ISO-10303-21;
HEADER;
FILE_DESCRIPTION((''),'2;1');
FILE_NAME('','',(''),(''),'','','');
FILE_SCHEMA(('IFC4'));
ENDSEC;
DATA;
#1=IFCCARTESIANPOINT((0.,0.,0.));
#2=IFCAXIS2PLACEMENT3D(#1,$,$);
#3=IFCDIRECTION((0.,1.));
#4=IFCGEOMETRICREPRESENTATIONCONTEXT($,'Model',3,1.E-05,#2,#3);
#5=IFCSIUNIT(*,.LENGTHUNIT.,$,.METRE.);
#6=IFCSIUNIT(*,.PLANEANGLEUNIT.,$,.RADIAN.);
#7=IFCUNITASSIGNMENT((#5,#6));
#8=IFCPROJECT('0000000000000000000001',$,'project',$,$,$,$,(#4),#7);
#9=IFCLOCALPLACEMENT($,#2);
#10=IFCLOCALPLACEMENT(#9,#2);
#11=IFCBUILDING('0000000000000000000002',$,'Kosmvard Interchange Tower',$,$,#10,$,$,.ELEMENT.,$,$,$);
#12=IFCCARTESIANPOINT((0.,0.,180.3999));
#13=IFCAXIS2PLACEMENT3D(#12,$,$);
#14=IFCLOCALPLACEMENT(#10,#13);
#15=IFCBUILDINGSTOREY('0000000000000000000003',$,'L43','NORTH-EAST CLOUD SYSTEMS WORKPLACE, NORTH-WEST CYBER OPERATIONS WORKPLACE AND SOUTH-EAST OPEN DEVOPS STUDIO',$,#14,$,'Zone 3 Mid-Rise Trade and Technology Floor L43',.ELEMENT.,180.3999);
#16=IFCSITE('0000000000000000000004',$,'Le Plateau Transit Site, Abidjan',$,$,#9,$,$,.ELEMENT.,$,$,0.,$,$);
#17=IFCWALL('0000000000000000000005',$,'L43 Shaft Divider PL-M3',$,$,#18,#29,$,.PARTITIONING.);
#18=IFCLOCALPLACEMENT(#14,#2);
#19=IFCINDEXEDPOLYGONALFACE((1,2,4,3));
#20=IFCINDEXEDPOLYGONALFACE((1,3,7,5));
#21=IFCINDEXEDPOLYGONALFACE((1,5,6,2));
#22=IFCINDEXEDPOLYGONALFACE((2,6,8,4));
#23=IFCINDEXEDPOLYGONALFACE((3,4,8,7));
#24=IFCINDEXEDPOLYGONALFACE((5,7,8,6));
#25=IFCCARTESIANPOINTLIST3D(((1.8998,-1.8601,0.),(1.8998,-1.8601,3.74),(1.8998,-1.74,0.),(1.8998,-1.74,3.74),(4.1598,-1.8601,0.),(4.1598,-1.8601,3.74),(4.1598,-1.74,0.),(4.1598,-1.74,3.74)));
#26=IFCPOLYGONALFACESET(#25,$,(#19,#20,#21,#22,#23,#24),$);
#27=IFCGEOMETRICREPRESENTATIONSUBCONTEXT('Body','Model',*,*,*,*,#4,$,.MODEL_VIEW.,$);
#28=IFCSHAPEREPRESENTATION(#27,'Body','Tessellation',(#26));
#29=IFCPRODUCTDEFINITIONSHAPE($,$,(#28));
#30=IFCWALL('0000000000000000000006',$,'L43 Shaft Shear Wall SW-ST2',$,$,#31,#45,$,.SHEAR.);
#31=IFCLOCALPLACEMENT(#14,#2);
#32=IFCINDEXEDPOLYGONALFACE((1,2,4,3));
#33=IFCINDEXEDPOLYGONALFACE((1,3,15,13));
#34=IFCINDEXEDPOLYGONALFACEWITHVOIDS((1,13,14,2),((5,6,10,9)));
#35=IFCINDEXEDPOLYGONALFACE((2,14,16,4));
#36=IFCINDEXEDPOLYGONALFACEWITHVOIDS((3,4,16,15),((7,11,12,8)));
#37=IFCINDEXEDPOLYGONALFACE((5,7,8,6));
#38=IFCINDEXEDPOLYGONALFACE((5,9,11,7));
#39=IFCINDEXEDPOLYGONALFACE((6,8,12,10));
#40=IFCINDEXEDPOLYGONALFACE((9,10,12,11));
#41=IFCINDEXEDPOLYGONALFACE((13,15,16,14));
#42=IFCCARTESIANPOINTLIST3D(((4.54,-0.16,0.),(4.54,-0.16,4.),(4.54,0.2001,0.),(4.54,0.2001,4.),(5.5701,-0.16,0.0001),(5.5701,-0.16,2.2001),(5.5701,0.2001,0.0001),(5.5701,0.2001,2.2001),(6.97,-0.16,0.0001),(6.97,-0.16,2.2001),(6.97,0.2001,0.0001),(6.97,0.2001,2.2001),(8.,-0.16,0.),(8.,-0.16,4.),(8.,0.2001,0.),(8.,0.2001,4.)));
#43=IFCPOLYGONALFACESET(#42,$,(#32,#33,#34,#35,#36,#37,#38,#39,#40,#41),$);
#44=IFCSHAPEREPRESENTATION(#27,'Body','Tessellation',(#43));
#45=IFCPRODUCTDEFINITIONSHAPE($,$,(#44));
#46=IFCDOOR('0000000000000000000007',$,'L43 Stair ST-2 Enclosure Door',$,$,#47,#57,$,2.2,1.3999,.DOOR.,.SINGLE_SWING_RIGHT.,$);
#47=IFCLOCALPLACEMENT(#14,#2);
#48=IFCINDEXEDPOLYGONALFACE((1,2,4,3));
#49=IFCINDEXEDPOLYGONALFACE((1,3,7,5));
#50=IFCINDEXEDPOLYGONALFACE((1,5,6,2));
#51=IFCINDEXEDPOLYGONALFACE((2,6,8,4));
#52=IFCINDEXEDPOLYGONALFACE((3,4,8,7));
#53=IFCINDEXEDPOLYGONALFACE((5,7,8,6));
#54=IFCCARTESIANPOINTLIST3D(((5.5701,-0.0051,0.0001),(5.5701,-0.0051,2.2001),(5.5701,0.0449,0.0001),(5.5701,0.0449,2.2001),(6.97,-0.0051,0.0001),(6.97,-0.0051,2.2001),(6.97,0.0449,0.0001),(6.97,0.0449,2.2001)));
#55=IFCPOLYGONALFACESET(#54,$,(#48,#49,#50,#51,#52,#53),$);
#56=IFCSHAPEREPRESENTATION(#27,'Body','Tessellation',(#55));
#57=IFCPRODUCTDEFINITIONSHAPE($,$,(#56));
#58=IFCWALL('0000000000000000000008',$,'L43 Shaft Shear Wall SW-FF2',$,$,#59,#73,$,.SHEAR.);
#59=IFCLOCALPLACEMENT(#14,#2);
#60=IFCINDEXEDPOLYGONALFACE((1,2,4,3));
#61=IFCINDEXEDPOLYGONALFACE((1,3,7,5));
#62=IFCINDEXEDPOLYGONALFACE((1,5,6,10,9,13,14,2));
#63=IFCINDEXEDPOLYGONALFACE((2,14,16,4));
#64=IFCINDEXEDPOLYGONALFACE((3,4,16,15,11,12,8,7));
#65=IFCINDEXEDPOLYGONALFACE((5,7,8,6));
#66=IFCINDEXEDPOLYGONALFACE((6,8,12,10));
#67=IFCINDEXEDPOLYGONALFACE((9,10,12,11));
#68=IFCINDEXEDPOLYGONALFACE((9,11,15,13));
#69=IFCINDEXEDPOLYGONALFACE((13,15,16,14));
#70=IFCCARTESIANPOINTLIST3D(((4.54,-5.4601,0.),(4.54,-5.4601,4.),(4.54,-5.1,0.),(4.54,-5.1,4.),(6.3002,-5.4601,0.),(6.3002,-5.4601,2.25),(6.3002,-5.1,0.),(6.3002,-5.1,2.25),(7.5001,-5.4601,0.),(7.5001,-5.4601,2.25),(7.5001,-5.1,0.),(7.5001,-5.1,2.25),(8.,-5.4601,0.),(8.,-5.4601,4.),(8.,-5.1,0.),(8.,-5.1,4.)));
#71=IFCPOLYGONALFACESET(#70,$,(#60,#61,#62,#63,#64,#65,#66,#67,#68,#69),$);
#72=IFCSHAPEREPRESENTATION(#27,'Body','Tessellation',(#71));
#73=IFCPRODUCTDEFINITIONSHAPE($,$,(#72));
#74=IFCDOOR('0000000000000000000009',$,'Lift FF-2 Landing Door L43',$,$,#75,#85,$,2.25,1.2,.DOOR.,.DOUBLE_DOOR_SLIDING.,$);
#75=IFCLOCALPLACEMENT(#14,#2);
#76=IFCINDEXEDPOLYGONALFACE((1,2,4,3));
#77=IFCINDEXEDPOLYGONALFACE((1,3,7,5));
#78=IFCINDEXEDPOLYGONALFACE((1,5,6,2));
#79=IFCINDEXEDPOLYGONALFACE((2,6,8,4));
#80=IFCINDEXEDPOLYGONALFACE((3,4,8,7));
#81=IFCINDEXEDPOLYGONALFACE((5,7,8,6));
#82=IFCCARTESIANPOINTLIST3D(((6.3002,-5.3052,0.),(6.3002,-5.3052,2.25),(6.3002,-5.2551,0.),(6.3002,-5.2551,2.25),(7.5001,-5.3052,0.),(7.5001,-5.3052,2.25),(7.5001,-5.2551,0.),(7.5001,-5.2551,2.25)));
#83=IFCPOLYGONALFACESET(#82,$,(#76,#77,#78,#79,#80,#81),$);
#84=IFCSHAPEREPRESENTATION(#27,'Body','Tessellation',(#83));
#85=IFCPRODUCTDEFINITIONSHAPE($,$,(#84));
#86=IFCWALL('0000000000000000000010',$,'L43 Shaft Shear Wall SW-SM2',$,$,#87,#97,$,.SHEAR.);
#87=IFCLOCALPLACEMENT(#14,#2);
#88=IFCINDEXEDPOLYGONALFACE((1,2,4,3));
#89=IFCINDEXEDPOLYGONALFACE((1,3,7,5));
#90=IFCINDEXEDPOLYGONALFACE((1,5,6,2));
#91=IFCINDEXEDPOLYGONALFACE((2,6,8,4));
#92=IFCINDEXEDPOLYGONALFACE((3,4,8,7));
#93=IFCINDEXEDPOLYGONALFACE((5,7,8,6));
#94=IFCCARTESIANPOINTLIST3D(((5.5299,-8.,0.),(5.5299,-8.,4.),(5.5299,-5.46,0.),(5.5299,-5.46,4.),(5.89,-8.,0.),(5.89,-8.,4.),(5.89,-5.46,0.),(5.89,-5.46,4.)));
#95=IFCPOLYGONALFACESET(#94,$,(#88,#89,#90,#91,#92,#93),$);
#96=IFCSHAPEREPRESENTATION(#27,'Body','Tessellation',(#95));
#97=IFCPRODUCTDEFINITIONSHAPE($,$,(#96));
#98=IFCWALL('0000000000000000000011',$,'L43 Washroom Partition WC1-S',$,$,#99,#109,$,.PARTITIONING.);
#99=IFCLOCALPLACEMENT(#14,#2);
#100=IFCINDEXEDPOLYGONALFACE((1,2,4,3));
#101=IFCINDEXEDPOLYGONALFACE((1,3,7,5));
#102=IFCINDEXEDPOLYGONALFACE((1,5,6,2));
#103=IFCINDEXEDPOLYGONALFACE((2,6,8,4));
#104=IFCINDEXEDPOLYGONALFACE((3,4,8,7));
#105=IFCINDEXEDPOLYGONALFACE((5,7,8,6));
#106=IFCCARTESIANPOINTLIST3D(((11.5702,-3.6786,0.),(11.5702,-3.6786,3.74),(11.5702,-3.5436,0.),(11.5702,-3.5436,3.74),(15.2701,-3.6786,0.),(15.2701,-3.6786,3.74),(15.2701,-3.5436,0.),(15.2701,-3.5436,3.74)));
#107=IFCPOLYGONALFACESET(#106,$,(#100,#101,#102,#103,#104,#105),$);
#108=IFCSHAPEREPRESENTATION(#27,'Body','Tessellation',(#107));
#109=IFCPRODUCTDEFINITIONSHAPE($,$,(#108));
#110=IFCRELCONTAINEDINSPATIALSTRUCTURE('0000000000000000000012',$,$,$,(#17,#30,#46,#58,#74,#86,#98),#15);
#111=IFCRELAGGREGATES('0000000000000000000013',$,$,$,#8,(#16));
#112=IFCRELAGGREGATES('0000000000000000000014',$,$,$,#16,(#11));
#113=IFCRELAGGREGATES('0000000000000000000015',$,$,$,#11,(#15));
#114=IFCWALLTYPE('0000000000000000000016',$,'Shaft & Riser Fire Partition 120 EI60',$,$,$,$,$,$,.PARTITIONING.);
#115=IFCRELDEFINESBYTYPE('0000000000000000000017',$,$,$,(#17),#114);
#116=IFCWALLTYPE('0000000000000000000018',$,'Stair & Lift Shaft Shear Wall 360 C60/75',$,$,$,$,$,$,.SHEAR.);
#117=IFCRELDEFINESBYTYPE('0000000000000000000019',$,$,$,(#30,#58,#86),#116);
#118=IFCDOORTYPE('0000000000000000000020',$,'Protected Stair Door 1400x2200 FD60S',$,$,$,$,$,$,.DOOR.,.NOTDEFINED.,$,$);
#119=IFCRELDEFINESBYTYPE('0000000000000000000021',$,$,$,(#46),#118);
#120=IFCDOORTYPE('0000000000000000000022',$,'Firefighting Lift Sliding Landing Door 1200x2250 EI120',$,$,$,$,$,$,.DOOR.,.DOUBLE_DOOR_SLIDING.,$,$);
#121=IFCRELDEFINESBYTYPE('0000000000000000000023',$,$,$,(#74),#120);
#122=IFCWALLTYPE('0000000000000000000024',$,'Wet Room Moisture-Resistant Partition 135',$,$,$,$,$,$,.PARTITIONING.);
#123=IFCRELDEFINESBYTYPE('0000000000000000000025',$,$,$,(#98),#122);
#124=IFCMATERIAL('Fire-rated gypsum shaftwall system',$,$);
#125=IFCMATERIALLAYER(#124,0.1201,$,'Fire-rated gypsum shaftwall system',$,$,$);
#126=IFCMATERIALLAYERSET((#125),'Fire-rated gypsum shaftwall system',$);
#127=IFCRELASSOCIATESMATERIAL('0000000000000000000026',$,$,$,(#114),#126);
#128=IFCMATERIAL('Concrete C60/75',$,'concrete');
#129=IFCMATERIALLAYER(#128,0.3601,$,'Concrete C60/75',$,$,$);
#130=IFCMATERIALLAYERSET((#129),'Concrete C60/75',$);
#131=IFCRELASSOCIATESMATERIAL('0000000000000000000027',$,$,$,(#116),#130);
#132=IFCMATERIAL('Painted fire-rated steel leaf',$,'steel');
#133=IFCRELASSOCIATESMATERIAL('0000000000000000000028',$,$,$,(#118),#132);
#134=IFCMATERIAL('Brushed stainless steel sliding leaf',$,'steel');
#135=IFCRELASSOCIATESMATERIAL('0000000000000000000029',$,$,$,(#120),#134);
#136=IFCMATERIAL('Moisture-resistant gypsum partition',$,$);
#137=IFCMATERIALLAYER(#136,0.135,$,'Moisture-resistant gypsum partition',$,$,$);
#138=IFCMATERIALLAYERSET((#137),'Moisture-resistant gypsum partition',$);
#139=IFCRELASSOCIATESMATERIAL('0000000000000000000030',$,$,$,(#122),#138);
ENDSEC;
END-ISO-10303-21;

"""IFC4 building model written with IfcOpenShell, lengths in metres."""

from ifc_helpers import new_model, si_unit, direction, frame, frame_2d, origin, place, context, subcontext, project, spatial, rectangle, extrude, source, transform, mapped, material, layer, layer_set, type_object, element, fill, save


model = new_model("IFC4")

# Units and contexts
model_context = context("Model", 3, precision=1e-05, world=origin(), true_north=direction((0.0, 1.0)))
body_context = subcontext(model_context, "Body", "Model", "MODEL_VIEW")
ifc_project = project(units=[si_unit("LENGTHUNIT", "METRE"), si_unit("PLANEANGLEUNIT", "RADIAN")], contexts=[model_context])

# Site, building, storey
site_placement = place(None, origin())
site = spatial("IfcSite", under=ifc_project, at=site_placement, Name="Le Plateau Transit Site, Abidjan", CompositionType="ELEMENT", RefElevation=0.0)
building_placement = place(site_placement, origin())
building = spatial("IfcBuilding", under=site, at=building_placement, Name="Kosmvard Interchange Tower", CompositionType="ELEMENT")
storey_placement = place(building_placement, frame((0.0, 0.0, 180.3999)))
storey = spatial("IfcBuildingStorey", under=building, at=storey_placement, Name="L43", Description="NORTH-EAST CLOUD SYSTEMS WORKPLACE, NORTH-WEST CYBER OPERATIONS WORKPLACE AND SOUTH-EAST OPEN DEVOPS STUDIO", LongName="Zone 3 Mid-Rise Trade and Technology Floor L43", CompositionType="ELEMENT", Elevation=180.3999)

# Shared definitions
ifc_material_1 = material(Name="Painted fire-rated steel leaf", Category="steel")
ifc_material_2 = material(Name="Brushed stainless steel sliding leaf", Category="steel")

# Wall
ifc_material_3 = material(Name="Fire-rated gypsum shaftwall system")
ifc_layer_1 = layer(ifc_material_3, 0.1201, Name="Fire-rated gypsum shaftwall system")
ifc_layer_set_1 = layer_set([ifc_layer_1], Name="Fire-rated gypsum shaftwall system")
wall_type_1 = type_object("IfcWallType", Name="Shaft & Riser Fire Partition 120 EI60", PredefinedType="PARTITIONING", material=ifc_layer_set_1)
wall_1_placement = place(storey_placement, frame((1.8999, -1.8, 0.0), z_axis=(0.0, 0.0, 1.0), x_axis=(1.0, 0.0, 0.0)))
element("IfcWall", 1, at=wall_1_placement, inside=storey, type_object=wall_type_1, Name="L43 Shaft Divider PL-M3", PredefinedType="PARTITIONING", context=body_context, shape_type="SweptSolid", body=[
    extrude(rectangle(XDim=2.26, YDim=0.1201, at=frame_2d((1.1299, 0.0))), origin(), (0.0, 0.0, 1.0), 3.74),
])

# Walls, openings, doors
ifc_material_4 = material(Name="Concrete C60/75", Category="concrete")
ifc_layer_2 = layer(ifc_material_4, 0.3601, Name="Concrete C60/75")
ifc_layer_set_2 = layer_set([ifc_layer_2], Name="Concrete C60/75")
wall_type_2 = type_object("IfcWallType", Name="Stair & Lift Shaft Shear Wall 360 C60/75", PredefinedType="SHEAR", material=ifc_layer_set_2)
wall_2_placement = place(storey_placement, frame((4.54, 0.02, 0.0), z_axis=(0.0, 0.0, 1.0), x_axis=(1.0, 0.0, 0.0)))
wall_2 = element("IfcWall", 2, at=wall_2_placement, inside=storey, type_object=wall_type_2, Name="L43 Shaft Shear Wall SW-ST2", PredefinedType="SHEAR", context=body_context, shape_type="SweptSolid", body=[
    extrude(rectangle(XDim=3.46, YDim=0.3601, at=frame_2d((1.73, 0.0))), origin(), (0.0, 0.0, 1.0), 4.0),
])
opening_1_placement = place(wall_2_placement, frame((1.03, 0.0, 0.0)))
opening_1 = element("IfcOpeningElement", 3, at=opening_1_placement, cuts=wall_2, PredefinedType="OPENING", context=body_context, shape_type="SweptSolid", body=[
    extrude(rectangle(XDim=1.3999, YDim=2.2, at=frame_2d((0.7, 1.1001))), frame((0.0, 0.1899, 0.0), z_axis=(0.0, -1.0, 0.0), x_axis=(1.0, 0.0, 0.0)), (0.0, 0.0, 1.0), 0.3801),
])
door_type_1 = type_object("IfcDoorType", Name="Protected Stair Door 1400x2200 FD60S", OperationType="NOTDEFINED", PredefinedType="DOOR", material=ifc_material_1)
shared_shape_1 = source(origin(), body_context, "Body", "SweptSolid", [
    extrude(rectangle(XDim=1.3999, YDim=2.2, at=frame_2d((0.7, 1.1001))), frame((0.0, 0.0249, 0.0), z_axis=(0.0, -1.0, 0.0), x_axis=(1.0, 0.0, 0.0)), (0.0, 0.0, 1.0), 0.05),
])
door_1_placement = place(opening_1_placement, origin())
door_1 = element("IfcDoor", 4, at=door_1_placement, inside=storey, type_object=door_type_1, Name="L43 Stair ST-2 Enclosure Door", OperationType="SINGLE_SWING_RIGHT", OverallHeight=2.2, OverallWidth=1.3999, PredefinedType="DOOR", context=body_context, shape_type="MappedRepresentation", body=[
    mapped(shared_shape_1, transform((0.0, 0.0, 0.0), scale=1.0)),
])
fill(opening_1, door_1)
wall_3_placement = place(storey_placement, frame((4.54, -5.28, 0.0), z_axis=(0.0, 0.0, 1.0), x_axis=(1.0, 0.0, 0.0)))
wall_3 = element("IfcWall", 5, at=wall_3_placement, inside=storey, type_object=wall_type_2, Name="L43 Shaft Shear Wall SW-FF2", PredefinedType="SHEAR", context=body_context, shape_type="SweptSolid", body=[
    extrude(rectangle(XDim=3.46, YDim=0.3601, at=frame_2d((1.73, 0.0))), origin(), (0.0, 0.0, 1.0), 4.0),
])
opening_2_placement = place(wall_3_placement, frame((1.76, 0.0, 0.0)))
opening_2 = element("IfcOpeningElement", 6, at=opening_2_placement, cuts=wall_3, PredefinedType="OPENING", context=body_context, shape_type="SweptSolid", body=[
    extrude(rectangle(XDim=1.2, YDim=2.25, at=frame_2d((0.6001, 1.125))), frame((0.0, 0.1899, 0.0), z_axis=(0.0, -1.0, 0.0), x_axis=(1.0, 0.0, 0.0)), (0.0, 0.0, 1.0), 0.3801),
])
door_type_2 = type_object("IfcDoorType", Name="Firefighting Lift Sliding Landing Door 1200x2250 EI120", OperationType="DOUBLE_DOOR_SLIDING", PredefinedType="DOOR", material=ifc_material_2)
shared_shape_2 = source(origin(), body_context, "Body", "SweptSolid", [
    extrude(rectangle(XDim=1.2, YDim=2.25, at=frame_2d((0.6001, 1.125))), frame((0.0, 0.0249, 0.0), z_axis=(0.0, -1.0, 0.0), x_axis=(1.0, 0.0, 0.0)), (0.0, 0.0, 1.0), 0.05),
])
door_2_placement = place(opening_2_placement, origin())
door_2 = element("IfcDoor", 7, at=door_2_placement, inside=storey, type_object=door_type_2, Name="Lift FF-2 Landing Door L43", OperationType="DOUBLE_DOOR_SLIDING", OverallHeight=2.25, OverallWidth=1.2, PredefinedType="DOOR", context=body_context, shape_type="MappedRepresentation", body=[
    mapped(shared_shape_2, transform((0.0, 0.0, 0.0), scale=1.0)),
])
fill(opening_2, door_2)

# Walls
wall_4_placement = place(storey_placement, frame((5.71, -8.0, 0.0), z_axis=(0.0, 0.0, 1.0), x_axis=(0.0, 1.0, 0.0)))
element("IfcWall", 8, at=wall_4_placement, inside=storey, type_object=wall_type_2, Name="L43 Shaft Shear Wall SW-SM2", PredefinedType="SHEAR", context=body_context, shape_type="SweptSolid", body=[
    extrude(rectangle(XDim=2.54, YDim=0.3601, at=frame_2d((1.27, 0.0))), origin(), (0.0, 0.0, 1.0), 4.0),
])
ifc_material_5 = material(Name="Moisture-resistant gypsum partition")
ifc_layer_3 = layer(ifc_material_5, 0.135, Name="Moisture-resistant gypsum partition")
ifc_layer_set_3 = layer_set([ifc_layer_3], Name="Moisture-resistant gypsum partition")
wall_type_3 = type_object("IfcWallType", Name="Wet Room Moisture-Resistant Partition 135", PredefinedType="PARTITIONING", material=ifc_layer_set_3)
wall_5_placement = place(storey_placement, frame((11.5701, -3.6111, 0.0), z_axis=(0.0, 0.0, 1.0), x_axis=(1.0, 0.0, 0.0)))
element("IfcWall", 9, at=wall_5_placement, inside=storey, type_object=wall_type_3, Name="L43 Washroom Partition WC1-S", PredefinedType="PARTITIONING", context=body_context, shape_type="SweptSolid", body=[
    extrude(rectangle(XDim=3.7, YDim=0.135, at=frame_2d((1.8501, 0.0))), origin(), (0.0, 0.0, 1.0), 3.74),
])

save(model, "model.ifc")
